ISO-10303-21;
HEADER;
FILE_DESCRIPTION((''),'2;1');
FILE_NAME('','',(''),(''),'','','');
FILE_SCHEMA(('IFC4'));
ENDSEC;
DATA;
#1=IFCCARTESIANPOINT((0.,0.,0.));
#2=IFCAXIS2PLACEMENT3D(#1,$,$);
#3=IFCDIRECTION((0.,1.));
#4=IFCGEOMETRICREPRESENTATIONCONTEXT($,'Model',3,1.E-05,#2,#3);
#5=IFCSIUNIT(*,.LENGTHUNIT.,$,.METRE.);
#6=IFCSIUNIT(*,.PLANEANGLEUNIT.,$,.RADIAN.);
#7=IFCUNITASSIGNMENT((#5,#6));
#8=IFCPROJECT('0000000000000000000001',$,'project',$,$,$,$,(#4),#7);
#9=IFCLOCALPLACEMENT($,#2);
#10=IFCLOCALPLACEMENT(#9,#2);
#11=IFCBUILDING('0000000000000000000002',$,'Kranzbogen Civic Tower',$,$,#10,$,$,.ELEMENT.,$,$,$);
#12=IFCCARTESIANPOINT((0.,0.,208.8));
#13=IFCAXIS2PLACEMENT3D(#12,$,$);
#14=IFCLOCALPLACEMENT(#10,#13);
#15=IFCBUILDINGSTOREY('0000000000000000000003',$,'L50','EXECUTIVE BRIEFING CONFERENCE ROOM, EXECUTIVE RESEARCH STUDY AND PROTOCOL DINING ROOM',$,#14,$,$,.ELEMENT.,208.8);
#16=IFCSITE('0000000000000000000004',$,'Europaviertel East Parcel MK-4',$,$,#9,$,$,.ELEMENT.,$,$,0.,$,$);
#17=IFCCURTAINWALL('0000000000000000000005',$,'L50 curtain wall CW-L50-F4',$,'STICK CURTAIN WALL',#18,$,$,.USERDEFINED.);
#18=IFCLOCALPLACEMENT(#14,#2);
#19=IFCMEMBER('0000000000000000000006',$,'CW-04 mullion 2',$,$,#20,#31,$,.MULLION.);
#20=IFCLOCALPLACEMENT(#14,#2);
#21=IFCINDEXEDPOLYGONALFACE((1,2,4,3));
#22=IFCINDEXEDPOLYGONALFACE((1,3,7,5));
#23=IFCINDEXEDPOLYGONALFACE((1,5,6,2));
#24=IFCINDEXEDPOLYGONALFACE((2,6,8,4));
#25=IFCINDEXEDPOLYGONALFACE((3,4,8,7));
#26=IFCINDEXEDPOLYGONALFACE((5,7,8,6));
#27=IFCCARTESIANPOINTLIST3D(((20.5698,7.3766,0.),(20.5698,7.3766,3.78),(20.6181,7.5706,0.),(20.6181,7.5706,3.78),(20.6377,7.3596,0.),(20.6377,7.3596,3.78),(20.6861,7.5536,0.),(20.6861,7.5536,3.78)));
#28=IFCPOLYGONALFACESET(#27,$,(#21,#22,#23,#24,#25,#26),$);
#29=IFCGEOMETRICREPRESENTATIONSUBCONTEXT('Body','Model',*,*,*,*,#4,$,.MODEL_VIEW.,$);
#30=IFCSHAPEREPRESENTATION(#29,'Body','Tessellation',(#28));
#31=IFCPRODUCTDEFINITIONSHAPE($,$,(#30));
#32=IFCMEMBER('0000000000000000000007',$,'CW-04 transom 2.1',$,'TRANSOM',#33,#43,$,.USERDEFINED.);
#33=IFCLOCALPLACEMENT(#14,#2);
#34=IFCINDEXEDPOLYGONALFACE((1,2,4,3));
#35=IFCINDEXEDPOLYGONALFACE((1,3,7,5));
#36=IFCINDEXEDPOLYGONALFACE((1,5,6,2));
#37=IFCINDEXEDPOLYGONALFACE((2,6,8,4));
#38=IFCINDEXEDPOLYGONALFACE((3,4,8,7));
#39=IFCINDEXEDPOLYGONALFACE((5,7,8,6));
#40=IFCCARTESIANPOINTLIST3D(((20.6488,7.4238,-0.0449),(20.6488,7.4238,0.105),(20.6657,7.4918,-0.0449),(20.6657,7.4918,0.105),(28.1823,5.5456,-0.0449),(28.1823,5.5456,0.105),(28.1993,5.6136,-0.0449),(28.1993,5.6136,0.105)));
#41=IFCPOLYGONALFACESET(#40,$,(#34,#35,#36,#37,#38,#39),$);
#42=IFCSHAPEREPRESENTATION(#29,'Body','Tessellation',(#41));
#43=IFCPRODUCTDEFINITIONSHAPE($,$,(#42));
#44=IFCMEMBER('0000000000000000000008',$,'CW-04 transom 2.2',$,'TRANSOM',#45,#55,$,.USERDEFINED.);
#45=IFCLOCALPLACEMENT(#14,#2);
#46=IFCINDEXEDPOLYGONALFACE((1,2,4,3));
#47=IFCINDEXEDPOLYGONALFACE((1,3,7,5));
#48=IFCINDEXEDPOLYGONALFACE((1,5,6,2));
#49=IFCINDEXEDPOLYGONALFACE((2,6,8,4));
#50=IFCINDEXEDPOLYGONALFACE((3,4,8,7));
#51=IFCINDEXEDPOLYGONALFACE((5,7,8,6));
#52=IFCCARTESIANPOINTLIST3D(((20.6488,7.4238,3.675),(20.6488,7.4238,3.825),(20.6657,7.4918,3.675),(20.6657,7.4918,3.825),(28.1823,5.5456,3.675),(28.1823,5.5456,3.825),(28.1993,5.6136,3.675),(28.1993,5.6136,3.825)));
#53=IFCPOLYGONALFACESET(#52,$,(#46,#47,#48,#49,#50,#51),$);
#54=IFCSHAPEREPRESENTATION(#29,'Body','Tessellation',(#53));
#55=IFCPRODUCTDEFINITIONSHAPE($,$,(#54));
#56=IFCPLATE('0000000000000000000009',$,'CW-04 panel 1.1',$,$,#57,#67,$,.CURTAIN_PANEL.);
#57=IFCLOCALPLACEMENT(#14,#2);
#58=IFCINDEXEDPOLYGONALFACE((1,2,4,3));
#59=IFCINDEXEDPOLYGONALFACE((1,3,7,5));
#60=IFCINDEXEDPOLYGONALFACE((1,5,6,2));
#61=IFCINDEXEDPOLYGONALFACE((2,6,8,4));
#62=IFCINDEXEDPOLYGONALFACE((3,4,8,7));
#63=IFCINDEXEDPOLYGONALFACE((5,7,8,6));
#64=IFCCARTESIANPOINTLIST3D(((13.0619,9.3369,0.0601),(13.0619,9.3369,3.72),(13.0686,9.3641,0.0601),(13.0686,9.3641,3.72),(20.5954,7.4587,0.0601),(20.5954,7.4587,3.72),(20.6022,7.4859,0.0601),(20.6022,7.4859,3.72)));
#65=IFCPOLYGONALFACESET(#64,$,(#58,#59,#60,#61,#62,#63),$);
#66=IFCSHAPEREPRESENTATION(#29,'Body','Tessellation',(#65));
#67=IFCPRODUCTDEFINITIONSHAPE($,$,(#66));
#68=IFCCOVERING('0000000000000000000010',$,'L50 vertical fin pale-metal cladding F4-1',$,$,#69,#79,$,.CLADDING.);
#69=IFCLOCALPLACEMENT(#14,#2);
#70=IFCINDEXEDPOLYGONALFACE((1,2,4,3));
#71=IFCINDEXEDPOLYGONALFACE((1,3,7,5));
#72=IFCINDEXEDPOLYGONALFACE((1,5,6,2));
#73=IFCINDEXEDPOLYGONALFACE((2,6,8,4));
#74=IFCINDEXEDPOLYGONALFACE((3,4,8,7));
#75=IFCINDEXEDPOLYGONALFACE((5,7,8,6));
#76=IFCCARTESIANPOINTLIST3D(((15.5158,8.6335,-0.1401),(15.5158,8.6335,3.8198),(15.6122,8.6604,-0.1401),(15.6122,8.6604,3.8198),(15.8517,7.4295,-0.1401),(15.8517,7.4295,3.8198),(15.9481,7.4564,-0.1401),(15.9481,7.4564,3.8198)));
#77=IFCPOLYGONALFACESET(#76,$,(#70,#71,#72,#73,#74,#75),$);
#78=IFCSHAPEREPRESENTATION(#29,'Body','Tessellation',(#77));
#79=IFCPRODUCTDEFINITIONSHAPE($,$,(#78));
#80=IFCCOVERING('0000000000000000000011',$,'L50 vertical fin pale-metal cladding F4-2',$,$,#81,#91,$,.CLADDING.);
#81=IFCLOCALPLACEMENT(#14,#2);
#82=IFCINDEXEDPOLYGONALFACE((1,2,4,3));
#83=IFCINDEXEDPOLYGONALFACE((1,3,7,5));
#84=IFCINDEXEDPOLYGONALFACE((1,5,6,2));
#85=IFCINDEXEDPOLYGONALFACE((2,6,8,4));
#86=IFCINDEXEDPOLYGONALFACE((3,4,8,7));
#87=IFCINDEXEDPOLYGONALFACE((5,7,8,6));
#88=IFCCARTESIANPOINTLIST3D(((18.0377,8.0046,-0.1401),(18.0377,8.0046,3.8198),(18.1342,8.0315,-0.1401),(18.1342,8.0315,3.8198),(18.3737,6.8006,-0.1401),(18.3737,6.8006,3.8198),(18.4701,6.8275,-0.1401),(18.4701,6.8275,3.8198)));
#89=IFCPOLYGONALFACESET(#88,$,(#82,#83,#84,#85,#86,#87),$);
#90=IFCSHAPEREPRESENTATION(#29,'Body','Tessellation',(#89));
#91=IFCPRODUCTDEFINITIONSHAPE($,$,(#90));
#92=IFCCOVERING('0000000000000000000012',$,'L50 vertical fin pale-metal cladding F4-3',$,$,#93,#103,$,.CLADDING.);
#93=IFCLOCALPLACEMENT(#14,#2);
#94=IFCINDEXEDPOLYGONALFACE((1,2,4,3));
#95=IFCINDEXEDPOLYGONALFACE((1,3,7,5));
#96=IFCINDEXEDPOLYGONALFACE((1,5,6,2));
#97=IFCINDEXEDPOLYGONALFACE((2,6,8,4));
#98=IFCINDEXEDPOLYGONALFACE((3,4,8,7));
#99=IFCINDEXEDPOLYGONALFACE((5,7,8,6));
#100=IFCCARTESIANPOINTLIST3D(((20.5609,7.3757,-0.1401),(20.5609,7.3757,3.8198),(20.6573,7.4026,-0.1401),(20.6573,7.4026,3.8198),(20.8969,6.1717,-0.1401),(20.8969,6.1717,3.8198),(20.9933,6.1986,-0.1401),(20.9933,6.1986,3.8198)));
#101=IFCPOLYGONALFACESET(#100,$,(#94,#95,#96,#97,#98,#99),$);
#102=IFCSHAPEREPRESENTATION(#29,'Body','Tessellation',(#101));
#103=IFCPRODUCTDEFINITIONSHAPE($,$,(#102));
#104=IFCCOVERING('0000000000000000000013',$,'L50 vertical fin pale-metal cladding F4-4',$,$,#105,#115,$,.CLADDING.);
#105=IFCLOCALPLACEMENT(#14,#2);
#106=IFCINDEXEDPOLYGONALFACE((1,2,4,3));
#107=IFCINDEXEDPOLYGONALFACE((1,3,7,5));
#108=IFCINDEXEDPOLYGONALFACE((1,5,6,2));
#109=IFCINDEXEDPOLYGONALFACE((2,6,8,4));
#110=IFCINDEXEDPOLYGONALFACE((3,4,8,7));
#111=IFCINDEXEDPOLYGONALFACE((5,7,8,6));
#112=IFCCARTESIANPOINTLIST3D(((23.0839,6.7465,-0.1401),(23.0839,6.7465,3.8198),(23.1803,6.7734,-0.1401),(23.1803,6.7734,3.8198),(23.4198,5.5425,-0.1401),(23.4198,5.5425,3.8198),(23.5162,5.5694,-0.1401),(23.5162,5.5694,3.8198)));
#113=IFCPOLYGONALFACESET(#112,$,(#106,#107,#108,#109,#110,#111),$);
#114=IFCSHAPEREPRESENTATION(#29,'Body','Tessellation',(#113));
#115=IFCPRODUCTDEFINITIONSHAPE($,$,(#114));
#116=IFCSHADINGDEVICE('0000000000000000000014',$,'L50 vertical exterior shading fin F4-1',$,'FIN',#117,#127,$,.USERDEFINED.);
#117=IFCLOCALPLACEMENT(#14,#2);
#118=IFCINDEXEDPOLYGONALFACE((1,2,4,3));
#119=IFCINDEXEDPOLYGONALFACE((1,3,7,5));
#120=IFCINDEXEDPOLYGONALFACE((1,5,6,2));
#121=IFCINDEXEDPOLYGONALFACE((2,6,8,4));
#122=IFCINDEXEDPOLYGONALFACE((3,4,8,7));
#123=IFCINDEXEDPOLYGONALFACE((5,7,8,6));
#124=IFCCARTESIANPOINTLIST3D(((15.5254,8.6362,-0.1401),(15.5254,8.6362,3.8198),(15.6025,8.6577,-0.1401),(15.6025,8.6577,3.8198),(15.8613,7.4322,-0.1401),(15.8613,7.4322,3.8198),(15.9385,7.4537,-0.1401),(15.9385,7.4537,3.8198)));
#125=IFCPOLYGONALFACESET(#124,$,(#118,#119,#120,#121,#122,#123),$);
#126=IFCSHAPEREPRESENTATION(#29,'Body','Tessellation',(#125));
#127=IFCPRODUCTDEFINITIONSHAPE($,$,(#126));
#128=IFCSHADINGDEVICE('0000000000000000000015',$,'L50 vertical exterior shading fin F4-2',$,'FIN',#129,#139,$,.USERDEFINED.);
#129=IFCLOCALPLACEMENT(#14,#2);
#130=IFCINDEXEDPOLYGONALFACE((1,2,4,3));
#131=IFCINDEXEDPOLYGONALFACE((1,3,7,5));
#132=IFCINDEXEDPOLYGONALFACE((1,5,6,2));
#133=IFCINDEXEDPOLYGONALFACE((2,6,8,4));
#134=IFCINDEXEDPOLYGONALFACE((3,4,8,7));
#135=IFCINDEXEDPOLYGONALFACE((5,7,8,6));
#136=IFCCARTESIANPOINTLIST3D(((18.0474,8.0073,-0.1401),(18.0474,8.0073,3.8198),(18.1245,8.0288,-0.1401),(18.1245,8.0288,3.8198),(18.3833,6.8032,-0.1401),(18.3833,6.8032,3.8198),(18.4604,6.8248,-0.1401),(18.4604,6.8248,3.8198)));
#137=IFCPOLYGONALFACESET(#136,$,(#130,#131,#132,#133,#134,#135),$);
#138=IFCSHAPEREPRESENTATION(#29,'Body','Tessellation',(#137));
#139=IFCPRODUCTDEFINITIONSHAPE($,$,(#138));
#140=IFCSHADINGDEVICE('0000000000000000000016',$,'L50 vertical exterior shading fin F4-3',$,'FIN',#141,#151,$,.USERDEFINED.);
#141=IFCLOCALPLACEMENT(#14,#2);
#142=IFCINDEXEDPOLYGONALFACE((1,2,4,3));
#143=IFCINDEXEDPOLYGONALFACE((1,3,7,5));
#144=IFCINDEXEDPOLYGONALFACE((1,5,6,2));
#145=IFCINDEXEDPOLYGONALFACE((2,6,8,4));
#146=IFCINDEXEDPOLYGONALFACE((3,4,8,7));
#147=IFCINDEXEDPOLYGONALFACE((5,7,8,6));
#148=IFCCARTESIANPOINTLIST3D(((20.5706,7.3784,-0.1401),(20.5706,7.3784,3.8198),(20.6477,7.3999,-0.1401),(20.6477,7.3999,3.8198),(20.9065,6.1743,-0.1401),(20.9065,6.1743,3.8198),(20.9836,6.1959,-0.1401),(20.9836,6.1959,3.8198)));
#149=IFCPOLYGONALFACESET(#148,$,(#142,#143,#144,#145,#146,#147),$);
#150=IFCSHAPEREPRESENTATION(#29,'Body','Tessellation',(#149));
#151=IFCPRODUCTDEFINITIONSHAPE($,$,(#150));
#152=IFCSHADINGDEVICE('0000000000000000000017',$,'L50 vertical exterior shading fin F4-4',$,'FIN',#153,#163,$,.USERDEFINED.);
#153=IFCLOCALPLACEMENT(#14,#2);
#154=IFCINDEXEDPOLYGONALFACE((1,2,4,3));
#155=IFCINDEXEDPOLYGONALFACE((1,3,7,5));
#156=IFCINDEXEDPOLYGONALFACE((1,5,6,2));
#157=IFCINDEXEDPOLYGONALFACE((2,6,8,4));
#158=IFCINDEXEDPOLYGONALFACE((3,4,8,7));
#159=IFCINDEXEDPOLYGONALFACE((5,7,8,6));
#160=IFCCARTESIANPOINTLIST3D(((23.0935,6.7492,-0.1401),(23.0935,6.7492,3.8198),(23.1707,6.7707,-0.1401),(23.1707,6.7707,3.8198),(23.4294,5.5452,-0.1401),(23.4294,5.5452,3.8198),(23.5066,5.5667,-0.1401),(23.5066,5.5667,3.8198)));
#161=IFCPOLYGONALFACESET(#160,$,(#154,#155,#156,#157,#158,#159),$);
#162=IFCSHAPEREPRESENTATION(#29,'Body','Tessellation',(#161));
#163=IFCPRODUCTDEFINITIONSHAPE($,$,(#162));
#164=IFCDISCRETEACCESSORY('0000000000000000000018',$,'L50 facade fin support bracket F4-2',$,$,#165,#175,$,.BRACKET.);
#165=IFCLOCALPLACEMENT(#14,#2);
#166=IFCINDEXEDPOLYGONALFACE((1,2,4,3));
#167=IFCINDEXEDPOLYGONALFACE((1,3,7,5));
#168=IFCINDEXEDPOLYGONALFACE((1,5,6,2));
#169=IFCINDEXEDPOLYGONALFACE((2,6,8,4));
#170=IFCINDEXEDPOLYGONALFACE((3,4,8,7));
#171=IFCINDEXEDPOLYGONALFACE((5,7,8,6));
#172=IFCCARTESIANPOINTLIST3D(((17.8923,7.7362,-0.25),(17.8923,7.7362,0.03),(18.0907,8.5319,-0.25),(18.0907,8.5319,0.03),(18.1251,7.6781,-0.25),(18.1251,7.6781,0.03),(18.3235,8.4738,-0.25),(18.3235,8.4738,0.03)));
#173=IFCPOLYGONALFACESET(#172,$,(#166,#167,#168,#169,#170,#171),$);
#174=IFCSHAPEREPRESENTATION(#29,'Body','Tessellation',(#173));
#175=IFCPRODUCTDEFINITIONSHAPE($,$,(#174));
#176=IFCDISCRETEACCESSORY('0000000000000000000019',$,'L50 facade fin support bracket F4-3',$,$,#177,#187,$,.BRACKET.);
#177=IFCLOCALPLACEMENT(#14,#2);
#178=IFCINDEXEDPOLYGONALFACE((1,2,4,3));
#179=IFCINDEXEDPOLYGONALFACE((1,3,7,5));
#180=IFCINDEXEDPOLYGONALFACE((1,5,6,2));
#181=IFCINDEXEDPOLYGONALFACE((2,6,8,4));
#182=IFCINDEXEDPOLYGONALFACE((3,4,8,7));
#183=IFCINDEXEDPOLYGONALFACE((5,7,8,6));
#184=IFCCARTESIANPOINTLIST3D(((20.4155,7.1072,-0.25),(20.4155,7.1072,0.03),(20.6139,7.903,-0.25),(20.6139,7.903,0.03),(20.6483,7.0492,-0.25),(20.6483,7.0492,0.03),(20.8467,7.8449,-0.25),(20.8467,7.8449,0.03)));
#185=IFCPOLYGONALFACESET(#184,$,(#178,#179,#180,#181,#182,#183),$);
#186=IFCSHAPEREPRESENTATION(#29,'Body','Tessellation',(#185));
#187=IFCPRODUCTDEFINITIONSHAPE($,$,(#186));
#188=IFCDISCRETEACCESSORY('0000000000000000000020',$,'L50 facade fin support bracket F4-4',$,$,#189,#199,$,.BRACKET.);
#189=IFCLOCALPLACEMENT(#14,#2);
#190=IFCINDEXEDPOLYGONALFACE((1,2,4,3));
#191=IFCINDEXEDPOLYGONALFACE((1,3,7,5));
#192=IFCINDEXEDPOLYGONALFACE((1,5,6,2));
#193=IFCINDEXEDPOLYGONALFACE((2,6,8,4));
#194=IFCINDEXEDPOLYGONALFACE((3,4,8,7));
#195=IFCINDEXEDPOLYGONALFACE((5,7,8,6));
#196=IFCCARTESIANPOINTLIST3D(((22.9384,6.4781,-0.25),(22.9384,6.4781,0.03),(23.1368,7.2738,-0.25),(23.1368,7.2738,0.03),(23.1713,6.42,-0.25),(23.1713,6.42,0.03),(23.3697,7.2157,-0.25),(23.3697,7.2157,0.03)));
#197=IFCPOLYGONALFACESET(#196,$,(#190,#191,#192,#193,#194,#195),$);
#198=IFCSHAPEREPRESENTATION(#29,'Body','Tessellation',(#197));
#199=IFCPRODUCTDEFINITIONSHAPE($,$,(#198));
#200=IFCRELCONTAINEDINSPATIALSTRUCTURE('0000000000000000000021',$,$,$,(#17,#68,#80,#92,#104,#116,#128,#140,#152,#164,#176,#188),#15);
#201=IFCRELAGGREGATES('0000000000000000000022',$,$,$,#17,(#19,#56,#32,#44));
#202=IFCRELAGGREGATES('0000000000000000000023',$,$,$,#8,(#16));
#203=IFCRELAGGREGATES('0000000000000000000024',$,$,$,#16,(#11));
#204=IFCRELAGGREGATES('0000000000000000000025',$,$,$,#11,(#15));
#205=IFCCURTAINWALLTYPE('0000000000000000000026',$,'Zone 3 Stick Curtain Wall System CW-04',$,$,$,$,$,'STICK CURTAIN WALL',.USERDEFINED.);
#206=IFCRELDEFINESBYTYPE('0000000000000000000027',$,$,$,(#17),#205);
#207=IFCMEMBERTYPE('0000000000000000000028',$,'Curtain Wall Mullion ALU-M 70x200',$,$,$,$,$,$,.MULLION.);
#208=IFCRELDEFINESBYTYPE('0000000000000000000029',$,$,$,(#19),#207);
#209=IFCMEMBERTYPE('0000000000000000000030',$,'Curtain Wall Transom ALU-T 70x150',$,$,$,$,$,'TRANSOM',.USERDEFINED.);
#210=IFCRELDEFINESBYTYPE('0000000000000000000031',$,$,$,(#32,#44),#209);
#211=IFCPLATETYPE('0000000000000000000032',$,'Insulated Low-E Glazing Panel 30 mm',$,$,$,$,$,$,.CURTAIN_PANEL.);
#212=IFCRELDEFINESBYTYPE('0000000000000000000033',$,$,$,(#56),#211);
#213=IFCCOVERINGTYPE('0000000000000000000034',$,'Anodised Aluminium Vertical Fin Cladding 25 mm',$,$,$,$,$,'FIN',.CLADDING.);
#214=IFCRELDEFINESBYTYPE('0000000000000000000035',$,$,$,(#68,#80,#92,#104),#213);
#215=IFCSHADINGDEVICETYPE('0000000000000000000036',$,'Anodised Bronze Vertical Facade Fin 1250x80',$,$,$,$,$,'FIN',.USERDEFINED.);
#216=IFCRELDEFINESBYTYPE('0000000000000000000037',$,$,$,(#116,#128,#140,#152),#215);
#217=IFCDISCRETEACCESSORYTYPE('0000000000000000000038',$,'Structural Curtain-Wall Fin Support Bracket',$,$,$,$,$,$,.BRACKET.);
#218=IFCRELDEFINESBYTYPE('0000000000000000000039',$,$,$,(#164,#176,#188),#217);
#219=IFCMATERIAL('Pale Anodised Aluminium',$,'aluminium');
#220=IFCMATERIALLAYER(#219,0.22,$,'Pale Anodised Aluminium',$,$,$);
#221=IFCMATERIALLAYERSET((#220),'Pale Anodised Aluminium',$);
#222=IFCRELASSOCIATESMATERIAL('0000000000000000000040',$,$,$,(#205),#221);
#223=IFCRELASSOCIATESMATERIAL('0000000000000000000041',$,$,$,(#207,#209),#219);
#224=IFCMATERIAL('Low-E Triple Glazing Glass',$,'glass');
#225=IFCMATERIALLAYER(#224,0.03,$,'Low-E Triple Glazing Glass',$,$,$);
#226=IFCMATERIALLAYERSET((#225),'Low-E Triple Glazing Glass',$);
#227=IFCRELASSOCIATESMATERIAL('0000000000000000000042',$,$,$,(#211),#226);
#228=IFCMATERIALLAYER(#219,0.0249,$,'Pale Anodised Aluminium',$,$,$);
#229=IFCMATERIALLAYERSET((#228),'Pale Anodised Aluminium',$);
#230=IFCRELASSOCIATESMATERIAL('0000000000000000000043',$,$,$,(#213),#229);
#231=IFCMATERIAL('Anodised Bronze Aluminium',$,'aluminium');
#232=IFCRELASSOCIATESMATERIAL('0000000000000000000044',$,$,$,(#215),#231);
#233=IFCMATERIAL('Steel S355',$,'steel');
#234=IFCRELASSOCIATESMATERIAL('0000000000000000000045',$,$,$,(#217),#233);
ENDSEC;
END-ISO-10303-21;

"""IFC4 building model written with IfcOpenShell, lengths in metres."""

from ifc_helpers import new_model, si_unit, direction, frame, origin, origin_2d, place, context, subcontext, project, spatial, rectangle, extrude, material, layer, layer_set, material_profile, profile_set, type_object, element, aggregate, save


model = new_model("IFC4")

# Units and contexts
model_context = context("Model", 3, precision=1e-05, world=origin(), true_north=direction((0.0, 1.0)))
body_context = subcontext(model_context, "Body", "Model", "MODEL_VIEW")
ifc_project = project(units=[si_unit("LENGTHUNIT", "METRE"), si_unit("PLANEANGLEUNIT", "RADIAN")], contexts=[model_context])

# Site, building, storey
site_placement = place(None, origin())
site = spatial("IfcSite", under=ifc_project, at=site_placement, Name="Europaviertel East Parcel MK-4", CompositionType="ELEMENT", RefElevation=0.0)
building_placement = place(site_placement, origin())
building = spatial("IfcBuilding", under=site, at=building_placement, Name="Kranzbogen Civic Tower", CompositionType="ELEMENT")
storey_placement = place(building_placement, frame((0.0, 0.0, 208.8)))
storey = spatial("IfcBuildingStorey", under=building, at=storey_placement, Name="L50", Description="EXECUTIVE BRIEFING CONFERENCE ROOM, EXECUTIVE RESEARCH STUDY AND PROTOCOL DINING ROOM", CompositionType="ELEMENT", Elevation=208.8)

# Curtain wall, members, plate
ifc_material_1 = material(Name="Pale Anodised Aluminium", Category="aluminium")
ifc_layer_1 = layer(ifc_material_1, 0.22, Name="Pale Anodised Aluminium")
ifc_layer_set_1 = layer_set([ifc_layer_1], Name="Pale Anodised Aluminium")
curtain_wall_type = type_object("IfcCurtainWallType", Name="Zone 3 Stick Curtain Wall System CW-04", ElementType="STICK CURTAIN WALL", PredefinedType="USERDEFINED", material=ifc_layer_set_1)
curtain_wall_placement = place(storey_placement, origin())
curtain_wall = element("IfcCurtainWall", 1, at=curtain_wall_placement, inside=storey, type_object=curtain_wall_type, Name="L50 curtain wall CW-L50-F4", ObjectType="STICK CURTAIN WALL", PredefinedType="USERDEFINED")
ifc_material_profile_1 = material_profile(ifc_material_1, rectangle(XDim=0.0701, YDim=0.2, at=origin_2d()), Name="ALU-M 70x200")
ifc_profile_set_1 = profile_set([ifc_material_profile_1], Name="Pale Anodised Aluminium")
member_type_1 = type_object("IfcMemberType", Name="Curtain Wall Mullion ALU-M 70x200", PredefinedType="MULLION", material=ifc_profile_set_1)
member_1_placement = place(storey_placement, frame((20.6279, 7.4651, 0.0), z_axis=(0.0, 0.0, 1.0), x_axis=(0.9703, -0.241906, 0.0)))
member_1 = element("IfcMember", 2, at=member_1_placement, type_object=member_type_1, Name="CW-04 mullion 2", PredefinedType="MULLION", context=body_context, shape_type="SweptSolid", body=[
    extrude(rectangle(XDim=0.0701, YDim=0.2, at=origin_2d()), origin(), (0.0, 0.0, 1.0), 3.78),
])
ifc_material_profile_2 = material_profile(ifc_material_1, rectangle(XDim=0.0701, YDim=0.1499, at=origin_2d()), Name="ALU-T 70x150")
ifc_profile_set_2 = profile_set([ifc_material_profile_2], Name="Pale Anodised Aluminium")
member_type_2 = type_object("IfcMemberType", Name="Curtain Wall Transom ALU-T 70x150", ElementType="TRANSOM", PredefinedType="USERDEFINED", material=ifc_profile_set_2)
member_2_placement = place(storey_placement, frame((20.6572, 7.4578, 0.03), z_axis=(0.9703, -0.241907, 0.0), x_axis=(0.241907, 0.9703, 0.0)))
member_2 = element("IfcMember", 3, at=member_2_placement, type_object=member_type_2, Name="CW-04 transom 2.1", ObjectType="TRANSOM", PredefinedType="USERDEFINED", context=body_context, shape_type="SweptSolid", body=[
    extrude(rectangle(XDim=0.0701, YDim=0.1499, at=origin_2d()), origin(), (0.0, 0.0, 1.0), 7.7642),
])
member_3_placement = place(storey_placement, frame((20.6572, 7.4578, 3.75), z_axis=(0.9703, -0.241907, 0.0), x_axis=(0.241907, 0.9703, 0.0)))
member_3 = element("IfcMember", 4, at=member_3_placement, type_object=member_type_2, Name="CW-04 transom 2.2", ObjectType="TRANSOM", PredefinedType="USERDEFINED", context=body_context, shape_type="SweptSolid", body=[
    extrude(rectangle(XDim=0.0701, YDim=0.1499, at=origin_2d()), origin(), (0.0, 0.0, 1.0), 7.7642),
])
ifc_material_2 = material(Name="Low-E Triple Glazing Glass", Category="glass")
ifc_layer_2 = layer(ifc_material_2, 0.03, Name="Low-E Triple Glazing Glass")
ifc_layer_set_2 = layer_set([ifc_layer_2], Name="Low-E Triple Glazing Glass")
plate_type = type_object("IfcPlateType", Name="Insulated Low-E Glazing Panel 30 mm", PredefinedType="CURTAIN_PANEL", material=ifc_layer_set_2)
plate_placement = place(storey_placement, frame((16.832, 8.4114, 0.0601), z_axis=(0.0, 0.0, 1.0), x_axis=(0.9703, -0.241906, 0.0)))
plate = element("IfcPlate", 5, at=plate_placement, type_object=plate_type, Name="CW-04 panel 1.1", PredefinedType="CURTAIN_PANEL", context=body_context, shape_type="SweptSolid", body=[
    extrude(rectangle(XDim=7.7642, YDim=0.0281, at=origin_2d()), origin(), (0.0, 0.0, 1.0), 3.6599),
])
aggregate(curtain_wall, [member_1, plate, member_2, member_3])

# Coverings
ifc_layer_3 = layer(ifc_material_1, 0.0249, Name="Pale Anodised Aluminium")
ifc_layer_set_3 = layer_set([ifc_layer_3], Name="Pale Anodised Aluminium")
covering_type = type_object("IfcCoveringType", Name="Anodised Aluminium Vertical Fin Cladding 25 mm", ElementType="FIN", PredefinedType="CLADDING", material=ifc_layer_set_3)
for number, where, z_axis, x_axis, name in (
    (6, (15.7319, 8.0449, -0.1401), (0.0, 0.0, 1.0), (0.268735, -0.963214, 0.0), "L50 vertical fin pale-metal cladding F4-1"),
    (7, (18.2539, 7.416, -0.1401), (0.0, 0.0, 1.0), (0.268735, -0.963214, 0.0), "L50 vertical fin pale-metal cladding F4-2"),
    (8, (20.7771, 6.7871, -0.1401), (0.0, 0.0, 1.0), (0.268735, -0.963214, 0.0), "L50 vertical fin pale-metal cladding F4-3"),
    (9, (23.3, 6.158, -0.1401), (0.0, 0.0, 1.0), (0.268735, -0.963214, 0.0), "L50 vertical fin pale-metal cladding F4-4"),
):
    element("IfcCovering", number, at=place(storey_placement, frame(where, z_axis=z_axis, x_axis=x_axis)), inside=storey, type_object=covering_type, Name=name, PredefinedType="CLADDING", context=body_context, shape_type="SweptSolid", body=[
        extrude(rectangle(XDim=1.25, YDim=0.1001, at=origin_2d()), origin(), (0.0, 0.0, 1.0), 3.96),
    ])

# Shading devices
ifc_material_3 = material(Name="Anodised Bronze Aluminium", Category="aluminium")
shading_device_type = type_object("IfcShadingDeviceType", Name="Anodised Bronze Vertical Facade Fin 1250x80", ElementType="FIN", PredefinedType="USERDEFINED", material=ifc_material_3)
for number, where, z_axis, x_axis, name in (
    (10, (15.7319, 8.0449, -0.1401), (0.0, 0.0, 1.0), (0.268735, -0.963214, 0.0), "L50 vertical exterior shading fin F4-1"),
    (11, (18.2539, 7.416, -0.1401), (0.0, 0.0, 1.0), (0.268735, -0.963214, 0.0), "L50 vertical exterior shading fin F4-2"),
    (12, (20.7771, 6.7871, -0.1401), (0.0, 0.0, 1.0), (0.268735, -0.963214, 0.0), "L50 vertical exterior shading fin F4-3"),
    (13, (23.3, 6.158, -0.1401), (0.0, 0.0, 1.0), (0.268735, -0.963214, 0.0), "L50 vertical exterior shading fin F4-4"),
):
    element("IfcShadingDevice", number, at=place(storey_placement, frame(where, z_axis=z_axis, x_axis=x_axis)), inside=storey, type_object=shading_device_type, Name=name, ObjectType="FIN", PredefinedType="USERDEFINED", context=body_context, shape_type="SweptSolid", body=[
        extrude(rectangle(XDim=1.25, YDim=0.0801, at=origin_2d()), origin(), (0.0, 0.0, 1.0), 3.96),
    ])

# Discrete accessories
ifc_material_4 = material(Name="Steel S355", Category="steel")
discrete_accessory_type = type_object("IfcDiscreteAccessoryType", Name="Structural Curtain-Wall Fin Support Bracket", PredefinedType="BRACKET", material=ifc_material_4)
for number, where, z_axis, x_axis, name in (
    (14, (18.1079, 8.105, -0.25), (0.0, 0.0, 1.0), (-0.241922, -0.970296, 0.0), "L50 facade fin support bracket F4-2"),
    (15, (20.6311, 7.4761, -0.25), (0.0, 0.0, 1.0), (-0.241922, -0.970296, 0.0), "L50 facade fin support bracket F4-3"),
    (16, (23.1541, 6.8469, -0.25), (0.0, 0.0, 1.0), (-0.241922, -0.970296, 0.0), "L50 facade fin support bracket F4-4"),
):
    element("IfcDiscreteAccessory", number, at=place(storey_placement, frame(where, z_axis=z_axis, x_axis=x_axis)), inside=storey, type_object=discrete_accessory_type, Name=name, PredefinedType="BRACKET", context=body_context, shape_type="SweptSolid", body=[
        extrude(rectangle(XDim=0.8201, YDim=0.24, at=origin_2d()), origin(), (0.0, 0.0, 1.0), 0.28),
    ])

save(model, "model.ifc")
